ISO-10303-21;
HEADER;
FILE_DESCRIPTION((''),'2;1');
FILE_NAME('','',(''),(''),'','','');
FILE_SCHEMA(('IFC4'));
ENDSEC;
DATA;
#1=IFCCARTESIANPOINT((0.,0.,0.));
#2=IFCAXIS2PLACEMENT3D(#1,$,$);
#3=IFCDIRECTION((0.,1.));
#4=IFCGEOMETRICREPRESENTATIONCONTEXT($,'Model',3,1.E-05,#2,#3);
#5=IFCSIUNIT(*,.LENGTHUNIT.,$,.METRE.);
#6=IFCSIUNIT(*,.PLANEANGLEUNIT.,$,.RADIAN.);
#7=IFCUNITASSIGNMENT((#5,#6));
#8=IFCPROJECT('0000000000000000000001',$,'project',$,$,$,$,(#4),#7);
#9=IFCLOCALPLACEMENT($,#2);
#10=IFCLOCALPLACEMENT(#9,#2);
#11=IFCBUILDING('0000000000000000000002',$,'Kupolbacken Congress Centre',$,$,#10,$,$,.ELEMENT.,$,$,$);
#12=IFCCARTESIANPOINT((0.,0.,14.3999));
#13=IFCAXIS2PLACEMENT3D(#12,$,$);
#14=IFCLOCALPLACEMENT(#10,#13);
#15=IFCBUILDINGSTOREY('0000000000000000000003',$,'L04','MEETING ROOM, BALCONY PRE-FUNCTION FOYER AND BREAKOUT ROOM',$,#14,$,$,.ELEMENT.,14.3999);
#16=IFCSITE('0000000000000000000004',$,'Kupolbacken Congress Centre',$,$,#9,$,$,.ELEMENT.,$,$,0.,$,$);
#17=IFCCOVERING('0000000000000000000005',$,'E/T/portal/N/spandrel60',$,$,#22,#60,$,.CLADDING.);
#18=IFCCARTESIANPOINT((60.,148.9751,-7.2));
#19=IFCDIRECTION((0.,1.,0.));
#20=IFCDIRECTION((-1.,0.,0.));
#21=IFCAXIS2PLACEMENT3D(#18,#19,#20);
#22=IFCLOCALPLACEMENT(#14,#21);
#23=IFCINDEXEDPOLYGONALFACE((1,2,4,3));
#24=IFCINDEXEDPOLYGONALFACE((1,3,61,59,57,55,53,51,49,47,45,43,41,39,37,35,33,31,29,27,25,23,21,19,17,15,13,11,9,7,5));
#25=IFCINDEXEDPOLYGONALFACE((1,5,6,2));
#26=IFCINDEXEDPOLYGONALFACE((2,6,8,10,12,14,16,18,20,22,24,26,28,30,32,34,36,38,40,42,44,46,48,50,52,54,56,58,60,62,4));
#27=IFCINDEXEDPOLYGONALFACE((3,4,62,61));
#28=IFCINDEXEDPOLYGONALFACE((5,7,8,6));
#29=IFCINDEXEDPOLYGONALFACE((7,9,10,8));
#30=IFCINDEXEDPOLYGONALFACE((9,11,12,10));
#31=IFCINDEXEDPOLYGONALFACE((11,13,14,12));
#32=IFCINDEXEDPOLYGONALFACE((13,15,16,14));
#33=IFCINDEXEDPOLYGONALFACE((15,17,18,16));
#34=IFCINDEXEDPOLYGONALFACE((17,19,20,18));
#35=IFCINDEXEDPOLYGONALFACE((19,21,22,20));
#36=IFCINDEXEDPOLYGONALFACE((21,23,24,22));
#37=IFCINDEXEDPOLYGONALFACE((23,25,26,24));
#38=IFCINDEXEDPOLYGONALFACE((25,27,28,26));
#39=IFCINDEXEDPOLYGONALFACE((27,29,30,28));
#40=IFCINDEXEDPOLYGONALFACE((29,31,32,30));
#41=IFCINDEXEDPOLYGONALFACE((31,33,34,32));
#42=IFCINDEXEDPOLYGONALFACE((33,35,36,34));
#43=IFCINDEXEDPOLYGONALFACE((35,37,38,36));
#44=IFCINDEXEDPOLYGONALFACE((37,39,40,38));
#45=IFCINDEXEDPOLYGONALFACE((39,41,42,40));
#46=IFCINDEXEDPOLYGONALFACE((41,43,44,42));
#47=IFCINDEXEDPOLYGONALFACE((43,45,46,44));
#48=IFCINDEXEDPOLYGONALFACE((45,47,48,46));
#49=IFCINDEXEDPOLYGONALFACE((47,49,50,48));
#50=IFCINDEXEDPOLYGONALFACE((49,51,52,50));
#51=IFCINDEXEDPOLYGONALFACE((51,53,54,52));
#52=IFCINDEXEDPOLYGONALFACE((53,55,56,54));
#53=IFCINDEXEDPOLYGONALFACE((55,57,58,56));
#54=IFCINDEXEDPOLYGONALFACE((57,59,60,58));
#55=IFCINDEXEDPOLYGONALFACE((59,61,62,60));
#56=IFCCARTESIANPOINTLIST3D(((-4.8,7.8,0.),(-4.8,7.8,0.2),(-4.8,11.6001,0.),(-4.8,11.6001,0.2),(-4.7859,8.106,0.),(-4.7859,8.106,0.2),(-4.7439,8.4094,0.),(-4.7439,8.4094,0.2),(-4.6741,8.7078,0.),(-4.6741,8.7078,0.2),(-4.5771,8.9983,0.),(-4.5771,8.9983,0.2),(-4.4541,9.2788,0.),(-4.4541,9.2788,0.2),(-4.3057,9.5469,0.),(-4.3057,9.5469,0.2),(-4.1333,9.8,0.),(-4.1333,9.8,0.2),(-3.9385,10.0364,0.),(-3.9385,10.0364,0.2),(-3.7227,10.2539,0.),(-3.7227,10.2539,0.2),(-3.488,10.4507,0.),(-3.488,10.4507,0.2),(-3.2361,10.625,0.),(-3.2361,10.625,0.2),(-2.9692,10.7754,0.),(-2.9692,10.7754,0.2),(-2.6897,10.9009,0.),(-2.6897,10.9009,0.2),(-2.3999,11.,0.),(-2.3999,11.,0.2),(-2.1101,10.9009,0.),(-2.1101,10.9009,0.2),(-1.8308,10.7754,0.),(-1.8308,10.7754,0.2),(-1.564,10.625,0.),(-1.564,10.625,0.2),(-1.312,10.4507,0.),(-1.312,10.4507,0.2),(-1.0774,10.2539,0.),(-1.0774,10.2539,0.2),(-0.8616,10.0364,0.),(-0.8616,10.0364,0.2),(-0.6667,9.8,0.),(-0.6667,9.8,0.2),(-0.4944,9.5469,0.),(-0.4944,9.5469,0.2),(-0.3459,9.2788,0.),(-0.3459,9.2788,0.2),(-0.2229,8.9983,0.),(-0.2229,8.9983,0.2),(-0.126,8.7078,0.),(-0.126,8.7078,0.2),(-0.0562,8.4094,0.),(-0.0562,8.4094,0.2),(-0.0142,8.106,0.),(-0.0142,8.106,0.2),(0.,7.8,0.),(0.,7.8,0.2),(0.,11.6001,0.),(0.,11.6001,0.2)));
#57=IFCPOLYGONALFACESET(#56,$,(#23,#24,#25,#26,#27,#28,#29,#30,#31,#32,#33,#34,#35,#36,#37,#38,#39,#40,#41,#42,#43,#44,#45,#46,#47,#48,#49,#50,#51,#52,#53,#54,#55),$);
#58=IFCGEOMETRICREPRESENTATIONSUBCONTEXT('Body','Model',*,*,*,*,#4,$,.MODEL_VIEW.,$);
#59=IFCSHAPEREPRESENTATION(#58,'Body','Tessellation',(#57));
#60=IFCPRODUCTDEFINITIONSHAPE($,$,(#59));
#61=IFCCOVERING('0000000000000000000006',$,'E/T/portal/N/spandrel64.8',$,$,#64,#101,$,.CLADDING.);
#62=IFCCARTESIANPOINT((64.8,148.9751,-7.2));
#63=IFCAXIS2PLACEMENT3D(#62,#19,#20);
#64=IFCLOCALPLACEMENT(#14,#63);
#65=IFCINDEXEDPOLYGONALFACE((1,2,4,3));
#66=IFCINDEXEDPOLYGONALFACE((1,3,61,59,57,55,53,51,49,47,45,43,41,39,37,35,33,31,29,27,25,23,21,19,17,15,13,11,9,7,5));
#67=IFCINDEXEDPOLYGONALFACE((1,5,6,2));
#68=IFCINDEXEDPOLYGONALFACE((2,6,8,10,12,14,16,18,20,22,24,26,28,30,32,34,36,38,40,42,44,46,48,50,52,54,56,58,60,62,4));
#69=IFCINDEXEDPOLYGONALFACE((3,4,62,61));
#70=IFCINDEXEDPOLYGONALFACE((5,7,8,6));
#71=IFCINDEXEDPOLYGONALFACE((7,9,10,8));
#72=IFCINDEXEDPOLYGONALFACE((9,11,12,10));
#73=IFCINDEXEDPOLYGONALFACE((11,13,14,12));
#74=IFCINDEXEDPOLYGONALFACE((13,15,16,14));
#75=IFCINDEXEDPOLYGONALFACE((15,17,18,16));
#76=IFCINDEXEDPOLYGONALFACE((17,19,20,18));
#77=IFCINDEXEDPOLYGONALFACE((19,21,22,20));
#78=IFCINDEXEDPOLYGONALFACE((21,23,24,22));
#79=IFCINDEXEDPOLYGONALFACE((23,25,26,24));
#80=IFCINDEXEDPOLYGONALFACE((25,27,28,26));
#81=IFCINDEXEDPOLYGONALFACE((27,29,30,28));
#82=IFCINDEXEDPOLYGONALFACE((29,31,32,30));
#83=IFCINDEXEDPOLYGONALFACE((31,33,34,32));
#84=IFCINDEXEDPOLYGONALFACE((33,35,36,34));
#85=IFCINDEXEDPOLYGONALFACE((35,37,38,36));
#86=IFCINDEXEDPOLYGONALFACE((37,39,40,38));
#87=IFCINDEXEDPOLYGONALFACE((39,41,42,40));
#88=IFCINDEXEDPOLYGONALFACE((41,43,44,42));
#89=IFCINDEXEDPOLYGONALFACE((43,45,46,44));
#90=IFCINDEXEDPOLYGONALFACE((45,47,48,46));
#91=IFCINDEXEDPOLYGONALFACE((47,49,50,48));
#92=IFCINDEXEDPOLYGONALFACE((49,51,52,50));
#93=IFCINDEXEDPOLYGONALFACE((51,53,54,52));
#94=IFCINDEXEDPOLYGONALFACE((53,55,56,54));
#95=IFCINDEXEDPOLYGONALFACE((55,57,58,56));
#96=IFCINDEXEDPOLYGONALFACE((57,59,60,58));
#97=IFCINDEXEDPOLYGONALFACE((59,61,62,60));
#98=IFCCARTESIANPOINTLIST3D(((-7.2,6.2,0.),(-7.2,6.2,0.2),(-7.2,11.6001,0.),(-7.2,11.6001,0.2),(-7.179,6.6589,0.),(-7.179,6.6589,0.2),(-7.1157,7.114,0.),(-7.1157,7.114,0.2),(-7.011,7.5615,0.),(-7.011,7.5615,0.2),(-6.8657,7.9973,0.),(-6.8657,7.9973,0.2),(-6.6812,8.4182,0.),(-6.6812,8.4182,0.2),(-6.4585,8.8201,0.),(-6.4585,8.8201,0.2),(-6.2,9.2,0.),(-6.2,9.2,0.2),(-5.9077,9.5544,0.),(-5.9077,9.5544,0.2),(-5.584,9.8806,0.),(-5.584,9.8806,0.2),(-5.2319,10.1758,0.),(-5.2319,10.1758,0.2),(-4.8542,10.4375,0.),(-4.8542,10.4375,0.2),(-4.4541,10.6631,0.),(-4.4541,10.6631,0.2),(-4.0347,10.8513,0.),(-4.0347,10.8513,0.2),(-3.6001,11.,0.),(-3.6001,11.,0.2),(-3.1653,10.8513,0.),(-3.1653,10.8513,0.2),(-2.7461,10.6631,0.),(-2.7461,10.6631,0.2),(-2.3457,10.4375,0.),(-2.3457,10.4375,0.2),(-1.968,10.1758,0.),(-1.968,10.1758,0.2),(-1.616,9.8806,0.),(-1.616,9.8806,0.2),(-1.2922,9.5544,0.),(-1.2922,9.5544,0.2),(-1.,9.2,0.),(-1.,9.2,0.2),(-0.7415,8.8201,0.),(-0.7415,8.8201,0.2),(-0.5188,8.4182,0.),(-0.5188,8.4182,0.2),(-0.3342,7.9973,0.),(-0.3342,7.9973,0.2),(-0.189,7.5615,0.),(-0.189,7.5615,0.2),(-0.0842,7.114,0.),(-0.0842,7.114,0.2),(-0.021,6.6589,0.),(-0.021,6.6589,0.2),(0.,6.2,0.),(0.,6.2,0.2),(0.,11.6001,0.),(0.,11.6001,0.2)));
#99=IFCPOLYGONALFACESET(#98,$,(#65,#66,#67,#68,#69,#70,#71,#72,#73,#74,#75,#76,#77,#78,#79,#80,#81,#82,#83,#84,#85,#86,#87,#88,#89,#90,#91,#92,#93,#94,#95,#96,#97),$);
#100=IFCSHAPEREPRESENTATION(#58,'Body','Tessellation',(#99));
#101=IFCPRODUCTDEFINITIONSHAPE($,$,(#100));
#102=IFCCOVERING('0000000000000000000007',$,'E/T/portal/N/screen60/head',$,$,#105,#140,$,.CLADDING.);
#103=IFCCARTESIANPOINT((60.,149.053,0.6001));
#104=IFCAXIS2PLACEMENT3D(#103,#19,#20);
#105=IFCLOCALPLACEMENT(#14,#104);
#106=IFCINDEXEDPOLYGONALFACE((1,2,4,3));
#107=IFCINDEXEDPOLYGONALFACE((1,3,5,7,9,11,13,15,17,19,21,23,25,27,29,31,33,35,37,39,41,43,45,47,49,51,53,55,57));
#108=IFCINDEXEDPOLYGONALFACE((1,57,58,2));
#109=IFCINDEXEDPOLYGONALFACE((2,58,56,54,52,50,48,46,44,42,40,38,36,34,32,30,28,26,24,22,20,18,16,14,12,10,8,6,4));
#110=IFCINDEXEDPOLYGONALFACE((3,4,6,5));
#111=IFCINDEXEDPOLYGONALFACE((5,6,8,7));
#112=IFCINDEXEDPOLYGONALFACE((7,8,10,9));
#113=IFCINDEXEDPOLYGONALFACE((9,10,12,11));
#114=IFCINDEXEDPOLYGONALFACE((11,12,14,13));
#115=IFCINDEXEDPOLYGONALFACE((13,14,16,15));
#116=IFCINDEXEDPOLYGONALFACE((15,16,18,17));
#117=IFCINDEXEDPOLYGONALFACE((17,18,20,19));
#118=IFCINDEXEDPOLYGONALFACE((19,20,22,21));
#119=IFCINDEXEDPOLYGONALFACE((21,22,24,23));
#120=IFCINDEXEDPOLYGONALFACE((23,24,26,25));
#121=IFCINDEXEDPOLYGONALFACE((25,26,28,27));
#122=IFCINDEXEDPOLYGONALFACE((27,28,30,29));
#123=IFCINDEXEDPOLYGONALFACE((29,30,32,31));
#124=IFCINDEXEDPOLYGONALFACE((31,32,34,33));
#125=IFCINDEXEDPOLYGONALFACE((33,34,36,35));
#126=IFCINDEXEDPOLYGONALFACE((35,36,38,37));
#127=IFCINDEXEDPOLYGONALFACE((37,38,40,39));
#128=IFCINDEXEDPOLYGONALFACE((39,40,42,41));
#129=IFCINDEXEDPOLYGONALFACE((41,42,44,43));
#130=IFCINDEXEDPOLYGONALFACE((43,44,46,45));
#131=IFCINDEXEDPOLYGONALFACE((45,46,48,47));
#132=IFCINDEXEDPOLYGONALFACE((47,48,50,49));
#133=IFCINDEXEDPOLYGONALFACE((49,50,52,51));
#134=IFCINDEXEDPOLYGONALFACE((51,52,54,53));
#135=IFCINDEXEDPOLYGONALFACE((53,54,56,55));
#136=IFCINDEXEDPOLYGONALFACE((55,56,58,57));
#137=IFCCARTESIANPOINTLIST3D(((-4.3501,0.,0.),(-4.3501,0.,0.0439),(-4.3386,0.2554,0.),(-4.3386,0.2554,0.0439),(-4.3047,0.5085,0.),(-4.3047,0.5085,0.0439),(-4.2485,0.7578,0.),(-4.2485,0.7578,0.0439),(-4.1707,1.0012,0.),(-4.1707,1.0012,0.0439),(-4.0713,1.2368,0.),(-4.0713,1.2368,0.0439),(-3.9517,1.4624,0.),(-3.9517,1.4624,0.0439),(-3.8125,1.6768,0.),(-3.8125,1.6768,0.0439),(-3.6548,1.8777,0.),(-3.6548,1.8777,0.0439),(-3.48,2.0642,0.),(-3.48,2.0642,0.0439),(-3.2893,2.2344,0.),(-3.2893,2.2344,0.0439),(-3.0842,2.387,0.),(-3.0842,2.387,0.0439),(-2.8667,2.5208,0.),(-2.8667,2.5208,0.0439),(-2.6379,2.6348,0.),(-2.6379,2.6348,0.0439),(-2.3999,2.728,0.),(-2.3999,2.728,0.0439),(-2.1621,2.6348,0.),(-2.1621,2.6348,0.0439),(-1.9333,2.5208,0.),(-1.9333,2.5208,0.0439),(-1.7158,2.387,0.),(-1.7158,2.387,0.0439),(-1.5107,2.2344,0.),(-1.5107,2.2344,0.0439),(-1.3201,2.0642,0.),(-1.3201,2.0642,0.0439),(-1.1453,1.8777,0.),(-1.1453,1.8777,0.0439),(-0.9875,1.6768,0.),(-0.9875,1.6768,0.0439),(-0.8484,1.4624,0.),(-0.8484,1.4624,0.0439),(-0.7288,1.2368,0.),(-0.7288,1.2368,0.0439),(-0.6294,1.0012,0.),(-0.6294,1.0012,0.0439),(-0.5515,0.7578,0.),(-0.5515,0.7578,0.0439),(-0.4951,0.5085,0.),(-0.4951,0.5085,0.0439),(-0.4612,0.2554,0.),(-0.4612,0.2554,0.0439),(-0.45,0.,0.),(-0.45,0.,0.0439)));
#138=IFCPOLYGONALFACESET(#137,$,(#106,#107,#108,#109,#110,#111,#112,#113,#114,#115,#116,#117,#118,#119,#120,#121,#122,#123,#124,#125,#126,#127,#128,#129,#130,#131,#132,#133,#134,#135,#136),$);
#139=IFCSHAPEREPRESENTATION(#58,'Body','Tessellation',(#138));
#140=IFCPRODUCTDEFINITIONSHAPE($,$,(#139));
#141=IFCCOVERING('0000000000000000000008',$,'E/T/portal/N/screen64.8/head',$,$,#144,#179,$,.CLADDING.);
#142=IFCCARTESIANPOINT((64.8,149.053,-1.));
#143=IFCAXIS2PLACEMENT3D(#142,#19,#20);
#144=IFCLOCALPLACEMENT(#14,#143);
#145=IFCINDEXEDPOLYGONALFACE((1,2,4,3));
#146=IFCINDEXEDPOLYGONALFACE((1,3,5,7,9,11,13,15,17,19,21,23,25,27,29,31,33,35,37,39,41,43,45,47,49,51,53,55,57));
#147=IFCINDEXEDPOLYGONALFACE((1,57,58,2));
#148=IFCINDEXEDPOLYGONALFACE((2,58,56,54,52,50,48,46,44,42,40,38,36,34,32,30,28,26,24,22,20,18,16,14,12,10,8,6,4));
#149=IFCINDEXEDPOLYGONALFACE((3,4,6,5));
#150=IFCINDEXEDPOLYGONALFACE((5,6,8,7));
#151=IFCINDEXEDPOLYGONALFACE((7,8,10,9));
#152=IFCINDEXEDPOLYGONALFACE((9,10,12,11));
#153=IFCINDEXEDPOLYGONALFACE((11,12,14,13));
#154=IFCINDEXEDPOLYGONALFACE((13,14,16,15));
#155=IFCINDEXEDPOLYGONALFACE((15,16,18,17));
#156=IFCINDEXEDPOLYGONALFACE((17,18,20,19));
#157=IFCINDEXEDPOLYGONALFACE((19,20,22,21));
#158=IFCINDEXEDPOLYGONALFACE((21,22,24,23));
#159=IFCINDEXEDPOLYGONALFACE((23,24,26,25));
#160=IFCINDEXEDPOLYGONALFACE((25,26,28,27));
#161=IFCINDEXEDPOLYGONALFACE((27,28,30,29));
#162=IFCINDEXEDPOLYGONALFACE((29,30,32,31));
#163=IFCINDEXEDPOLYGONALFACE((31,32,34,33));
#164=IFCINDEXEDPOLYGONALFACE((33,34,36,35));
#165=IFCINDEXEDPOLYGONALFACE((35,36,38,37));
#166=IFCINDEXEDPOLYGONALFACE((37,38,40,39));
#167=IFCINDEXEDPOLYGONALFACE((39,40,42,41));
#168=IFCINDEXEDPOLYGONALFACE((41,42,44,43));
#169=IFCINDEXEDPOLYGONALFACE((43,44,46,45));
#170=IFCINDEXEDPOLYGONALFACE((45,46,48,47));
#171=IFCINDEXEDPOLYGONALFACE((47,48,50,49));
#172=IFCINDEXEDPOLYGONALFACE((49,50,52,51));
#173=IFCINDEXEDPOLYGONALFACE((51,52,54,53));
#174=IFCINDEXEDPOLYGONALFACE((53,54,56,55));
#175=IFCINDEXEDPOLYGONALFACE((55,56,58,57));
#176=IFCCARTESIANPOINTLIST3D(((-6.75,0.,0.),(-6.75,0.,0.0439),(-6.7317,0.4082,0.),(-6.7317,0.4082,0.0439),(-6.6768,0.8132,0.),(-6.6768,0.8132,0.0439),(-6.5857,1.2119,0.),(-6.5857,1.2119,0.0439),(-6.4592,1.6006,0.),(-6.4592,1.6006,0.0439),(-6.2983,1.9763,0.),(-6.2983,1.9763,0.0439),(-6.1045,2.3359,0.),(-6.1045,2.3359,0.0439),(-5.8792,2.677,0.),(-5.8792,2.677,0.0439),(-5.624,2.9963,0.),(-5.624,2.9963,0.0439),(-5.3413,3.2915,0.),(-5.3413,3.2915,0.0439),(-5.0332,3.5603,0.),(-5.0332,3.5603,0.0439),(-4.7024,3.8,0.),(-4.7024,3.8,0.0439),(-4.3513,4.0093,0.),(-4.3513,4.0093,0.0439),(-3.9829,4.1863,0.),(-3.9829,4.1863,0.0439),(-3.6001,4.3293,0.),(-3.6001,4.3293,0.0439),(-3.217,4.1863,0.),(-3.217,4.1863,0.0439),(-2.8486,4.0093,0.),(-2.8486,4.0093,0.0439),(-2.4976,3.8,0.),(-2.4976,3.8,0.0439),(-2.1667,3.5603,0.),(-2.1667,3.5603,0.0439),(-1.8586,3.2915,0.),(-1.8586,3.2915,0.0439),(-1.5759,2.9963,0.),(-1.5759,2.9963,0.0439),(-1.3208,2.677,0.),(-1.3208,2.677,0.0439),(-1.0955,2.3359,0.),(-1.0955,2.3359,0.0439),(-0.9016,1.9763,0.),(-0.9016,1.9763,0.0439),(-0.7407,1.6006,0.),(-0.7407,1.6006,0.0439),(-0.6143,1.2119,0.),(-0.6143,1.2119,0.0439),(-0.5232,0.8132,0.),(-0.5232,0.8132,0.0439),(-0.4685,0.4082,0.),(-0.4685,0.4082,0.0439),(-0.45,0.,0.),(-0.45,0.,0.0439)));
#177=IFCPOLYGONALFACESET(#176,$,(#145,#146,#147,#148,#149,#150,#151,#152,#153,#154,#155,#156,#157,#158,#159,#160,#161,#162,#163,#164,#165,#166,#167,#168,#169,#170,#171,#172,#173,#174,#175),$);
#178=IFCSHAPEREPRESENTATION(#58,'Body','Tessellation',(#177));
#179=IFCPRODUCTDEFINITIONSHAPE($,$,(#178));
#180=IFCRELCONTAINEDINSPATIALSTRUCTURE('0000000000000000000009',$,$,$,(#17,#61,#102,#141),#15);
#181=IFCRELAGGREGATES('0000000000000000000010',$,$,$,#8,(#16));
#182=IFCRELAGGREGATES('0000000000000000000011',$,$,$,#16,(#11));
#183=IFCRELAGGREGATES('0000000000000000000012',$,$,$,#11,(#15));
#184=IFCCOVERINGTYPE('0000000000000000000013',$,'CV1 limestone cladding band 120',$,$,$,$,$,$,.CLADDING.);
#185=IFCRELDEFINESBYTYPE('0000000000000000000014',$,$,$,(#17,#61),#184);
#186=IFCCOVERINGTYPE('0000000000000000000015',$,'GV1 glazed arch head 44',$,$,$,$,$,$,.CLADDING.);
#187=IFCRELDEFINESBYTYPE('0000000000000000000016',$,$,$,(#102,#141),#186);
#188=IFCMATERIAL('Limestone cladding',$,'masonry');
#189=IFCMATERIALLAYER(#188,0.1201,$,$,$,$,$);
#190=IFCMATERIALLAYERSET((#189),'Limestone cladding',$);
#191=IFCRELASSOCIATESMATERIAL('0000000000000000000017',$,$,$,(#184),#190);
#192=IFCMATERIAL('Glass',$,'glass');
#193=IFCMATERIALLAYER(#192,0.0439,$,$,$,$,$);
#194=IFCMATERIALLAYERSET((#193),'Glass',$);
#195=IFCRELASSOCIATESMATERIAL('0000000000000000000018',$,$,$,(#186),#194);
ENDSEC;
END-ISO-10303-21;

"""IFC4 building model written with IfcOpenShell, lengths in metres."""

from ifc_helpers import new_model, si_unit, direction, frame, origin, place, context, subcontext, project, spatial, polyline, outline, extrude, material, layer, layer_set, type_object, element, save


model = new_model("IFC4")

# Units and contexts
model_context = context("Model", 3, precision=1e-05, world=origin(), true_north=direction((0.0, 1.0)))
body_context = subcontext(model_context, "Body", "Model", "MODEL_VIEW")
ifc_project = project(units=[si_unit("LENGTHUNIT", "METRE"), si_unit("PLANEANGLEUNIT", "RADIAN")], contexts=[model_context])

# Site, building, storey
site_placement = place(None, origin())
site = spatial("IfcSite", under=ifc_project, at=site_placement, Name="Kupolbacken Congress Centre", CompositionType="ELEMENT", RefElevation=0.0)
building_placement = place(site_placement, origin())
building = spatial("IfcBuilding", under=site, at=building_placement, Name="Kupolbacken Congress Centre", CompositionType="ELEMENT")
storey_placement = place(building_placement, frame((0.0, 0.0, 14.3999)))
storey = spatial("IfcBuildingStorey", under=building, at=storey_placement, Name="L04", Description="MEETING ROOM, BALCONY PRE-FUNCTION FOYER AND BREAKOUT ROOM", CompositionType="ELEMENT", Elevation=14.3999)

# Coverings
ifc_material_1 = material(Name="Limestone cladding", Category="masonry")
ifc_layer_1 = layer(ifc_material_1, 0.1201)
ifc_layer_set_1 = layer_set([ifc_layer_1], Name="Limestone cladding")
covering_type_1 = type_object("IfcCoveringType", Name="CV1 limestone cladding band 120", PredefinedType="CLADDING", material=ifc_layer_set_1)
covering_1_placement = place(storey_placement, frame((60.0, 148.9751, -7.2), z_axis=(0.0, 1.0, 0.0), x_axis=(-1.0, 0.0, 0.0)))
element("IfcCovering", 1, at=covering_1_placement, inside=storey, type_object=covering_type_1, Name="E/T/portal/N/spandrel60", PredefinedType="CLADDING", context=body_context, shape_type="SweptSolid", body=[
    extrude(outline(polyline([(0.0, 7.8), (0.0, 11.6001), (-4.8, 11.6001), (-4.8, 7.8), (-4.7859, 8.106), (-4.7439, 8.4094), (-4.6741, 8.7078), (-4.5771, 8.9983), (-4.4541, 9.2788), (-4.3057, 9.5469), (-4.1333, 9.8), (-3.9385, 10.0364), (-3.7227, 10.2539), (-3.488, 10.4507), (-3.2361, 10.625), (-2.9692, 10.7754), (-2.6897, 10.9009), (-2.3999, 11.0), (-2.1101, 10.9009), (-1.8308, 10.7754), (-1.564, 10.625), (-1.312, 10.4507), (-1.0774, 10.2539), (-0.8616, 10.0364), (-0.6667, 9.8), (-0.4944, 9.5469), (-0.3459, 9.2788), (-0.2229, 8.9983), (-0.126, 8.7078), (-0.0562, 8.4094), (-0.0142, 8.106), (0.0, 7.8)])), origin(), (0.0, 0.0, 1.0), 0.2),
])
covering_2_placement = place(storey_placement, frame((64.8, 148.9751, -7.2), z_axis=(0.0, 1.0, 0.0), x_axis=(-1.0, 0.0, 0.0)))
element("IfcCovering", 2, at=covering_2_placement, inside=storey, type_object=covering_type_1, Name="E/T/portal/N/spandrel64.8", PredefinedType="CLADDING", context=body_context, shape_type="SweptSolid", body=[
    extrude(outline(polyline([(0.0, 6.2), (0.0, 11.6001), (-7.2, 11.6001), (-7.2, 6.2), (-7.179, 6.6589), (-7.1157, 7.114), (-7.011, 7.5615), (-6.8657, 7.9973), (-6.6812, 8.4182), (-6.4585, 8.8201), (-6.2, 9.2), (-5.9077, 9.5544), (-5.584, 9.8806), (-5.2319, 10.1758), (-4.8542, 10.4375), (-4.4541, 10.6631), (-4.0347, 10.8513), (-3.6001, 11.0), (-3.1653, 10.8513), (-2.7461, 10.6631), (-2.3457, 10.4375), (-1.968, 10.1758), (-1.616, 9.8806), (-1.2922, 9.5544), (-1.0, 9.2), (-0.7415, 8.8201), (-0.5188, 8.4182), (-0.3342, 7.9973), (-0.189, 7.5615), (-0.0842, 7.114), (-0.021, 6.6589), (0.0, 6.2)])), origin(), (0.0, 0.0, 1.0), 0.2),
])
ifc_material_2 = material(Name="Glass", Category="glass")
ifc_layer_2 = layer(ifc_material_2, 0.0439)
ifc_layer_set_2 = layer_set([ifc_layer_2], Name="Glass")
covering_type_2 = type_object("IfcCoveringType", Name="GV1 glazed arch head 44", PredefinedType="CLADDING", material=ifc_layer_set_2)
covering_3_placement = place(storey_placement, frame((60.0, 149.053, 0.6001), z_axis=(0.0, 1.0, 0.0), x_axis=(-1.0, 0.0, 0.0)))
element("IfcCovering", 3, at=covering_3_placement, inside=storey, type_object=covering_type_2, Name="E/T/portal/N/screen60/head", PredefinedType="CLADDING", context=body_context, shape_type="SweptSolid", body=[
    extrude(outline(polyline([(-0.45, 0.0), (-0.4612, 0.2554), (-0.4951, 0.5085), (-0.5515, 0.7578), (-0.6294, 1.0012), (-0.7288, 1.2368), (-0.8484, 1.4624), (-0.9875, 1.6768), (-1.1453, 1.8777), (-1.3201, 2.0642), (-1.5107, 2.2344), (-1.7158, 2.387), (-1.9333, 2.5208), (-2.1621, 2.6348), (-2.3999, 2.728), (-2.6379, 2.6348), (-2.8667, 2.5208), (-3.0842, 2.387), (-3.2893, 2.2344), (-3.48, 2.0642), (-3.6548, 1.8777), (-3.8125, 1.6768), (-3.9517, 1.4624), (-4.0713, 1.2368), (-4.1707, 1.0012), (-4.2485, 0.7578), (-4.3047, 0.5085), (-4.3386, 0.2554), (-4.3501, 0.0), (-0.45, 0.0)])), origin(), (0.0, 0.0, 1.0), 0.0439),
])
covering_4_placement = place(storey_placement, frame((64.8, 149.053, -1.0), z_axis=(0.0, 1.0, 0.0), x_axis=(-1.0, 0.0, 0.0)))
element("IfcCovering", 4, at=covering_4_placement, inside=storey, type_object=covering_type_2, Name="E/T/portal/N/screen64.8/head", PredefinedType="CLADDING", context=body_context, shape_type="SweptSolid", body=[
    extrude(outline(polyline([(-0.45, 0.0), (-0.4685, 0.4082), (-0.5232, 0.8132), (-0.6143, 1.2119), (-0.7407, 1.6006), (-0.9016, 1.9763), (-1.0955, 2.3359), (-1.3208, 2.677), (-1.5759, 2.9963), (-1.8586, 3.2915), (-2.1667, 3.5603), (-2.4976, 3.8), (-2.8486, 4.0093), (-3.217, 4.1863), (-3.6001, 4.3293), (-3.9829, 4.1863), (-4.3513, 4.0093), (-4.7024, 3.8), (-5.0332, 3.5603), (-5.3413, 3.2915), (-5.624, 2.9963), (-5.8792, 2.677), (-6.1045, 2.3359), (-6.2983, 1.9763), (-6.4592, 1.6006), (-6.5857, 1.2119), (-6.6768, 0.8132), (-6.7317, 0.4082), (-6.75, 0.0), (-0.45, 0.0)])), origin(), (0.0, 0.0, 1.0), 0.0439),
])

save(model, "model.ifc")
